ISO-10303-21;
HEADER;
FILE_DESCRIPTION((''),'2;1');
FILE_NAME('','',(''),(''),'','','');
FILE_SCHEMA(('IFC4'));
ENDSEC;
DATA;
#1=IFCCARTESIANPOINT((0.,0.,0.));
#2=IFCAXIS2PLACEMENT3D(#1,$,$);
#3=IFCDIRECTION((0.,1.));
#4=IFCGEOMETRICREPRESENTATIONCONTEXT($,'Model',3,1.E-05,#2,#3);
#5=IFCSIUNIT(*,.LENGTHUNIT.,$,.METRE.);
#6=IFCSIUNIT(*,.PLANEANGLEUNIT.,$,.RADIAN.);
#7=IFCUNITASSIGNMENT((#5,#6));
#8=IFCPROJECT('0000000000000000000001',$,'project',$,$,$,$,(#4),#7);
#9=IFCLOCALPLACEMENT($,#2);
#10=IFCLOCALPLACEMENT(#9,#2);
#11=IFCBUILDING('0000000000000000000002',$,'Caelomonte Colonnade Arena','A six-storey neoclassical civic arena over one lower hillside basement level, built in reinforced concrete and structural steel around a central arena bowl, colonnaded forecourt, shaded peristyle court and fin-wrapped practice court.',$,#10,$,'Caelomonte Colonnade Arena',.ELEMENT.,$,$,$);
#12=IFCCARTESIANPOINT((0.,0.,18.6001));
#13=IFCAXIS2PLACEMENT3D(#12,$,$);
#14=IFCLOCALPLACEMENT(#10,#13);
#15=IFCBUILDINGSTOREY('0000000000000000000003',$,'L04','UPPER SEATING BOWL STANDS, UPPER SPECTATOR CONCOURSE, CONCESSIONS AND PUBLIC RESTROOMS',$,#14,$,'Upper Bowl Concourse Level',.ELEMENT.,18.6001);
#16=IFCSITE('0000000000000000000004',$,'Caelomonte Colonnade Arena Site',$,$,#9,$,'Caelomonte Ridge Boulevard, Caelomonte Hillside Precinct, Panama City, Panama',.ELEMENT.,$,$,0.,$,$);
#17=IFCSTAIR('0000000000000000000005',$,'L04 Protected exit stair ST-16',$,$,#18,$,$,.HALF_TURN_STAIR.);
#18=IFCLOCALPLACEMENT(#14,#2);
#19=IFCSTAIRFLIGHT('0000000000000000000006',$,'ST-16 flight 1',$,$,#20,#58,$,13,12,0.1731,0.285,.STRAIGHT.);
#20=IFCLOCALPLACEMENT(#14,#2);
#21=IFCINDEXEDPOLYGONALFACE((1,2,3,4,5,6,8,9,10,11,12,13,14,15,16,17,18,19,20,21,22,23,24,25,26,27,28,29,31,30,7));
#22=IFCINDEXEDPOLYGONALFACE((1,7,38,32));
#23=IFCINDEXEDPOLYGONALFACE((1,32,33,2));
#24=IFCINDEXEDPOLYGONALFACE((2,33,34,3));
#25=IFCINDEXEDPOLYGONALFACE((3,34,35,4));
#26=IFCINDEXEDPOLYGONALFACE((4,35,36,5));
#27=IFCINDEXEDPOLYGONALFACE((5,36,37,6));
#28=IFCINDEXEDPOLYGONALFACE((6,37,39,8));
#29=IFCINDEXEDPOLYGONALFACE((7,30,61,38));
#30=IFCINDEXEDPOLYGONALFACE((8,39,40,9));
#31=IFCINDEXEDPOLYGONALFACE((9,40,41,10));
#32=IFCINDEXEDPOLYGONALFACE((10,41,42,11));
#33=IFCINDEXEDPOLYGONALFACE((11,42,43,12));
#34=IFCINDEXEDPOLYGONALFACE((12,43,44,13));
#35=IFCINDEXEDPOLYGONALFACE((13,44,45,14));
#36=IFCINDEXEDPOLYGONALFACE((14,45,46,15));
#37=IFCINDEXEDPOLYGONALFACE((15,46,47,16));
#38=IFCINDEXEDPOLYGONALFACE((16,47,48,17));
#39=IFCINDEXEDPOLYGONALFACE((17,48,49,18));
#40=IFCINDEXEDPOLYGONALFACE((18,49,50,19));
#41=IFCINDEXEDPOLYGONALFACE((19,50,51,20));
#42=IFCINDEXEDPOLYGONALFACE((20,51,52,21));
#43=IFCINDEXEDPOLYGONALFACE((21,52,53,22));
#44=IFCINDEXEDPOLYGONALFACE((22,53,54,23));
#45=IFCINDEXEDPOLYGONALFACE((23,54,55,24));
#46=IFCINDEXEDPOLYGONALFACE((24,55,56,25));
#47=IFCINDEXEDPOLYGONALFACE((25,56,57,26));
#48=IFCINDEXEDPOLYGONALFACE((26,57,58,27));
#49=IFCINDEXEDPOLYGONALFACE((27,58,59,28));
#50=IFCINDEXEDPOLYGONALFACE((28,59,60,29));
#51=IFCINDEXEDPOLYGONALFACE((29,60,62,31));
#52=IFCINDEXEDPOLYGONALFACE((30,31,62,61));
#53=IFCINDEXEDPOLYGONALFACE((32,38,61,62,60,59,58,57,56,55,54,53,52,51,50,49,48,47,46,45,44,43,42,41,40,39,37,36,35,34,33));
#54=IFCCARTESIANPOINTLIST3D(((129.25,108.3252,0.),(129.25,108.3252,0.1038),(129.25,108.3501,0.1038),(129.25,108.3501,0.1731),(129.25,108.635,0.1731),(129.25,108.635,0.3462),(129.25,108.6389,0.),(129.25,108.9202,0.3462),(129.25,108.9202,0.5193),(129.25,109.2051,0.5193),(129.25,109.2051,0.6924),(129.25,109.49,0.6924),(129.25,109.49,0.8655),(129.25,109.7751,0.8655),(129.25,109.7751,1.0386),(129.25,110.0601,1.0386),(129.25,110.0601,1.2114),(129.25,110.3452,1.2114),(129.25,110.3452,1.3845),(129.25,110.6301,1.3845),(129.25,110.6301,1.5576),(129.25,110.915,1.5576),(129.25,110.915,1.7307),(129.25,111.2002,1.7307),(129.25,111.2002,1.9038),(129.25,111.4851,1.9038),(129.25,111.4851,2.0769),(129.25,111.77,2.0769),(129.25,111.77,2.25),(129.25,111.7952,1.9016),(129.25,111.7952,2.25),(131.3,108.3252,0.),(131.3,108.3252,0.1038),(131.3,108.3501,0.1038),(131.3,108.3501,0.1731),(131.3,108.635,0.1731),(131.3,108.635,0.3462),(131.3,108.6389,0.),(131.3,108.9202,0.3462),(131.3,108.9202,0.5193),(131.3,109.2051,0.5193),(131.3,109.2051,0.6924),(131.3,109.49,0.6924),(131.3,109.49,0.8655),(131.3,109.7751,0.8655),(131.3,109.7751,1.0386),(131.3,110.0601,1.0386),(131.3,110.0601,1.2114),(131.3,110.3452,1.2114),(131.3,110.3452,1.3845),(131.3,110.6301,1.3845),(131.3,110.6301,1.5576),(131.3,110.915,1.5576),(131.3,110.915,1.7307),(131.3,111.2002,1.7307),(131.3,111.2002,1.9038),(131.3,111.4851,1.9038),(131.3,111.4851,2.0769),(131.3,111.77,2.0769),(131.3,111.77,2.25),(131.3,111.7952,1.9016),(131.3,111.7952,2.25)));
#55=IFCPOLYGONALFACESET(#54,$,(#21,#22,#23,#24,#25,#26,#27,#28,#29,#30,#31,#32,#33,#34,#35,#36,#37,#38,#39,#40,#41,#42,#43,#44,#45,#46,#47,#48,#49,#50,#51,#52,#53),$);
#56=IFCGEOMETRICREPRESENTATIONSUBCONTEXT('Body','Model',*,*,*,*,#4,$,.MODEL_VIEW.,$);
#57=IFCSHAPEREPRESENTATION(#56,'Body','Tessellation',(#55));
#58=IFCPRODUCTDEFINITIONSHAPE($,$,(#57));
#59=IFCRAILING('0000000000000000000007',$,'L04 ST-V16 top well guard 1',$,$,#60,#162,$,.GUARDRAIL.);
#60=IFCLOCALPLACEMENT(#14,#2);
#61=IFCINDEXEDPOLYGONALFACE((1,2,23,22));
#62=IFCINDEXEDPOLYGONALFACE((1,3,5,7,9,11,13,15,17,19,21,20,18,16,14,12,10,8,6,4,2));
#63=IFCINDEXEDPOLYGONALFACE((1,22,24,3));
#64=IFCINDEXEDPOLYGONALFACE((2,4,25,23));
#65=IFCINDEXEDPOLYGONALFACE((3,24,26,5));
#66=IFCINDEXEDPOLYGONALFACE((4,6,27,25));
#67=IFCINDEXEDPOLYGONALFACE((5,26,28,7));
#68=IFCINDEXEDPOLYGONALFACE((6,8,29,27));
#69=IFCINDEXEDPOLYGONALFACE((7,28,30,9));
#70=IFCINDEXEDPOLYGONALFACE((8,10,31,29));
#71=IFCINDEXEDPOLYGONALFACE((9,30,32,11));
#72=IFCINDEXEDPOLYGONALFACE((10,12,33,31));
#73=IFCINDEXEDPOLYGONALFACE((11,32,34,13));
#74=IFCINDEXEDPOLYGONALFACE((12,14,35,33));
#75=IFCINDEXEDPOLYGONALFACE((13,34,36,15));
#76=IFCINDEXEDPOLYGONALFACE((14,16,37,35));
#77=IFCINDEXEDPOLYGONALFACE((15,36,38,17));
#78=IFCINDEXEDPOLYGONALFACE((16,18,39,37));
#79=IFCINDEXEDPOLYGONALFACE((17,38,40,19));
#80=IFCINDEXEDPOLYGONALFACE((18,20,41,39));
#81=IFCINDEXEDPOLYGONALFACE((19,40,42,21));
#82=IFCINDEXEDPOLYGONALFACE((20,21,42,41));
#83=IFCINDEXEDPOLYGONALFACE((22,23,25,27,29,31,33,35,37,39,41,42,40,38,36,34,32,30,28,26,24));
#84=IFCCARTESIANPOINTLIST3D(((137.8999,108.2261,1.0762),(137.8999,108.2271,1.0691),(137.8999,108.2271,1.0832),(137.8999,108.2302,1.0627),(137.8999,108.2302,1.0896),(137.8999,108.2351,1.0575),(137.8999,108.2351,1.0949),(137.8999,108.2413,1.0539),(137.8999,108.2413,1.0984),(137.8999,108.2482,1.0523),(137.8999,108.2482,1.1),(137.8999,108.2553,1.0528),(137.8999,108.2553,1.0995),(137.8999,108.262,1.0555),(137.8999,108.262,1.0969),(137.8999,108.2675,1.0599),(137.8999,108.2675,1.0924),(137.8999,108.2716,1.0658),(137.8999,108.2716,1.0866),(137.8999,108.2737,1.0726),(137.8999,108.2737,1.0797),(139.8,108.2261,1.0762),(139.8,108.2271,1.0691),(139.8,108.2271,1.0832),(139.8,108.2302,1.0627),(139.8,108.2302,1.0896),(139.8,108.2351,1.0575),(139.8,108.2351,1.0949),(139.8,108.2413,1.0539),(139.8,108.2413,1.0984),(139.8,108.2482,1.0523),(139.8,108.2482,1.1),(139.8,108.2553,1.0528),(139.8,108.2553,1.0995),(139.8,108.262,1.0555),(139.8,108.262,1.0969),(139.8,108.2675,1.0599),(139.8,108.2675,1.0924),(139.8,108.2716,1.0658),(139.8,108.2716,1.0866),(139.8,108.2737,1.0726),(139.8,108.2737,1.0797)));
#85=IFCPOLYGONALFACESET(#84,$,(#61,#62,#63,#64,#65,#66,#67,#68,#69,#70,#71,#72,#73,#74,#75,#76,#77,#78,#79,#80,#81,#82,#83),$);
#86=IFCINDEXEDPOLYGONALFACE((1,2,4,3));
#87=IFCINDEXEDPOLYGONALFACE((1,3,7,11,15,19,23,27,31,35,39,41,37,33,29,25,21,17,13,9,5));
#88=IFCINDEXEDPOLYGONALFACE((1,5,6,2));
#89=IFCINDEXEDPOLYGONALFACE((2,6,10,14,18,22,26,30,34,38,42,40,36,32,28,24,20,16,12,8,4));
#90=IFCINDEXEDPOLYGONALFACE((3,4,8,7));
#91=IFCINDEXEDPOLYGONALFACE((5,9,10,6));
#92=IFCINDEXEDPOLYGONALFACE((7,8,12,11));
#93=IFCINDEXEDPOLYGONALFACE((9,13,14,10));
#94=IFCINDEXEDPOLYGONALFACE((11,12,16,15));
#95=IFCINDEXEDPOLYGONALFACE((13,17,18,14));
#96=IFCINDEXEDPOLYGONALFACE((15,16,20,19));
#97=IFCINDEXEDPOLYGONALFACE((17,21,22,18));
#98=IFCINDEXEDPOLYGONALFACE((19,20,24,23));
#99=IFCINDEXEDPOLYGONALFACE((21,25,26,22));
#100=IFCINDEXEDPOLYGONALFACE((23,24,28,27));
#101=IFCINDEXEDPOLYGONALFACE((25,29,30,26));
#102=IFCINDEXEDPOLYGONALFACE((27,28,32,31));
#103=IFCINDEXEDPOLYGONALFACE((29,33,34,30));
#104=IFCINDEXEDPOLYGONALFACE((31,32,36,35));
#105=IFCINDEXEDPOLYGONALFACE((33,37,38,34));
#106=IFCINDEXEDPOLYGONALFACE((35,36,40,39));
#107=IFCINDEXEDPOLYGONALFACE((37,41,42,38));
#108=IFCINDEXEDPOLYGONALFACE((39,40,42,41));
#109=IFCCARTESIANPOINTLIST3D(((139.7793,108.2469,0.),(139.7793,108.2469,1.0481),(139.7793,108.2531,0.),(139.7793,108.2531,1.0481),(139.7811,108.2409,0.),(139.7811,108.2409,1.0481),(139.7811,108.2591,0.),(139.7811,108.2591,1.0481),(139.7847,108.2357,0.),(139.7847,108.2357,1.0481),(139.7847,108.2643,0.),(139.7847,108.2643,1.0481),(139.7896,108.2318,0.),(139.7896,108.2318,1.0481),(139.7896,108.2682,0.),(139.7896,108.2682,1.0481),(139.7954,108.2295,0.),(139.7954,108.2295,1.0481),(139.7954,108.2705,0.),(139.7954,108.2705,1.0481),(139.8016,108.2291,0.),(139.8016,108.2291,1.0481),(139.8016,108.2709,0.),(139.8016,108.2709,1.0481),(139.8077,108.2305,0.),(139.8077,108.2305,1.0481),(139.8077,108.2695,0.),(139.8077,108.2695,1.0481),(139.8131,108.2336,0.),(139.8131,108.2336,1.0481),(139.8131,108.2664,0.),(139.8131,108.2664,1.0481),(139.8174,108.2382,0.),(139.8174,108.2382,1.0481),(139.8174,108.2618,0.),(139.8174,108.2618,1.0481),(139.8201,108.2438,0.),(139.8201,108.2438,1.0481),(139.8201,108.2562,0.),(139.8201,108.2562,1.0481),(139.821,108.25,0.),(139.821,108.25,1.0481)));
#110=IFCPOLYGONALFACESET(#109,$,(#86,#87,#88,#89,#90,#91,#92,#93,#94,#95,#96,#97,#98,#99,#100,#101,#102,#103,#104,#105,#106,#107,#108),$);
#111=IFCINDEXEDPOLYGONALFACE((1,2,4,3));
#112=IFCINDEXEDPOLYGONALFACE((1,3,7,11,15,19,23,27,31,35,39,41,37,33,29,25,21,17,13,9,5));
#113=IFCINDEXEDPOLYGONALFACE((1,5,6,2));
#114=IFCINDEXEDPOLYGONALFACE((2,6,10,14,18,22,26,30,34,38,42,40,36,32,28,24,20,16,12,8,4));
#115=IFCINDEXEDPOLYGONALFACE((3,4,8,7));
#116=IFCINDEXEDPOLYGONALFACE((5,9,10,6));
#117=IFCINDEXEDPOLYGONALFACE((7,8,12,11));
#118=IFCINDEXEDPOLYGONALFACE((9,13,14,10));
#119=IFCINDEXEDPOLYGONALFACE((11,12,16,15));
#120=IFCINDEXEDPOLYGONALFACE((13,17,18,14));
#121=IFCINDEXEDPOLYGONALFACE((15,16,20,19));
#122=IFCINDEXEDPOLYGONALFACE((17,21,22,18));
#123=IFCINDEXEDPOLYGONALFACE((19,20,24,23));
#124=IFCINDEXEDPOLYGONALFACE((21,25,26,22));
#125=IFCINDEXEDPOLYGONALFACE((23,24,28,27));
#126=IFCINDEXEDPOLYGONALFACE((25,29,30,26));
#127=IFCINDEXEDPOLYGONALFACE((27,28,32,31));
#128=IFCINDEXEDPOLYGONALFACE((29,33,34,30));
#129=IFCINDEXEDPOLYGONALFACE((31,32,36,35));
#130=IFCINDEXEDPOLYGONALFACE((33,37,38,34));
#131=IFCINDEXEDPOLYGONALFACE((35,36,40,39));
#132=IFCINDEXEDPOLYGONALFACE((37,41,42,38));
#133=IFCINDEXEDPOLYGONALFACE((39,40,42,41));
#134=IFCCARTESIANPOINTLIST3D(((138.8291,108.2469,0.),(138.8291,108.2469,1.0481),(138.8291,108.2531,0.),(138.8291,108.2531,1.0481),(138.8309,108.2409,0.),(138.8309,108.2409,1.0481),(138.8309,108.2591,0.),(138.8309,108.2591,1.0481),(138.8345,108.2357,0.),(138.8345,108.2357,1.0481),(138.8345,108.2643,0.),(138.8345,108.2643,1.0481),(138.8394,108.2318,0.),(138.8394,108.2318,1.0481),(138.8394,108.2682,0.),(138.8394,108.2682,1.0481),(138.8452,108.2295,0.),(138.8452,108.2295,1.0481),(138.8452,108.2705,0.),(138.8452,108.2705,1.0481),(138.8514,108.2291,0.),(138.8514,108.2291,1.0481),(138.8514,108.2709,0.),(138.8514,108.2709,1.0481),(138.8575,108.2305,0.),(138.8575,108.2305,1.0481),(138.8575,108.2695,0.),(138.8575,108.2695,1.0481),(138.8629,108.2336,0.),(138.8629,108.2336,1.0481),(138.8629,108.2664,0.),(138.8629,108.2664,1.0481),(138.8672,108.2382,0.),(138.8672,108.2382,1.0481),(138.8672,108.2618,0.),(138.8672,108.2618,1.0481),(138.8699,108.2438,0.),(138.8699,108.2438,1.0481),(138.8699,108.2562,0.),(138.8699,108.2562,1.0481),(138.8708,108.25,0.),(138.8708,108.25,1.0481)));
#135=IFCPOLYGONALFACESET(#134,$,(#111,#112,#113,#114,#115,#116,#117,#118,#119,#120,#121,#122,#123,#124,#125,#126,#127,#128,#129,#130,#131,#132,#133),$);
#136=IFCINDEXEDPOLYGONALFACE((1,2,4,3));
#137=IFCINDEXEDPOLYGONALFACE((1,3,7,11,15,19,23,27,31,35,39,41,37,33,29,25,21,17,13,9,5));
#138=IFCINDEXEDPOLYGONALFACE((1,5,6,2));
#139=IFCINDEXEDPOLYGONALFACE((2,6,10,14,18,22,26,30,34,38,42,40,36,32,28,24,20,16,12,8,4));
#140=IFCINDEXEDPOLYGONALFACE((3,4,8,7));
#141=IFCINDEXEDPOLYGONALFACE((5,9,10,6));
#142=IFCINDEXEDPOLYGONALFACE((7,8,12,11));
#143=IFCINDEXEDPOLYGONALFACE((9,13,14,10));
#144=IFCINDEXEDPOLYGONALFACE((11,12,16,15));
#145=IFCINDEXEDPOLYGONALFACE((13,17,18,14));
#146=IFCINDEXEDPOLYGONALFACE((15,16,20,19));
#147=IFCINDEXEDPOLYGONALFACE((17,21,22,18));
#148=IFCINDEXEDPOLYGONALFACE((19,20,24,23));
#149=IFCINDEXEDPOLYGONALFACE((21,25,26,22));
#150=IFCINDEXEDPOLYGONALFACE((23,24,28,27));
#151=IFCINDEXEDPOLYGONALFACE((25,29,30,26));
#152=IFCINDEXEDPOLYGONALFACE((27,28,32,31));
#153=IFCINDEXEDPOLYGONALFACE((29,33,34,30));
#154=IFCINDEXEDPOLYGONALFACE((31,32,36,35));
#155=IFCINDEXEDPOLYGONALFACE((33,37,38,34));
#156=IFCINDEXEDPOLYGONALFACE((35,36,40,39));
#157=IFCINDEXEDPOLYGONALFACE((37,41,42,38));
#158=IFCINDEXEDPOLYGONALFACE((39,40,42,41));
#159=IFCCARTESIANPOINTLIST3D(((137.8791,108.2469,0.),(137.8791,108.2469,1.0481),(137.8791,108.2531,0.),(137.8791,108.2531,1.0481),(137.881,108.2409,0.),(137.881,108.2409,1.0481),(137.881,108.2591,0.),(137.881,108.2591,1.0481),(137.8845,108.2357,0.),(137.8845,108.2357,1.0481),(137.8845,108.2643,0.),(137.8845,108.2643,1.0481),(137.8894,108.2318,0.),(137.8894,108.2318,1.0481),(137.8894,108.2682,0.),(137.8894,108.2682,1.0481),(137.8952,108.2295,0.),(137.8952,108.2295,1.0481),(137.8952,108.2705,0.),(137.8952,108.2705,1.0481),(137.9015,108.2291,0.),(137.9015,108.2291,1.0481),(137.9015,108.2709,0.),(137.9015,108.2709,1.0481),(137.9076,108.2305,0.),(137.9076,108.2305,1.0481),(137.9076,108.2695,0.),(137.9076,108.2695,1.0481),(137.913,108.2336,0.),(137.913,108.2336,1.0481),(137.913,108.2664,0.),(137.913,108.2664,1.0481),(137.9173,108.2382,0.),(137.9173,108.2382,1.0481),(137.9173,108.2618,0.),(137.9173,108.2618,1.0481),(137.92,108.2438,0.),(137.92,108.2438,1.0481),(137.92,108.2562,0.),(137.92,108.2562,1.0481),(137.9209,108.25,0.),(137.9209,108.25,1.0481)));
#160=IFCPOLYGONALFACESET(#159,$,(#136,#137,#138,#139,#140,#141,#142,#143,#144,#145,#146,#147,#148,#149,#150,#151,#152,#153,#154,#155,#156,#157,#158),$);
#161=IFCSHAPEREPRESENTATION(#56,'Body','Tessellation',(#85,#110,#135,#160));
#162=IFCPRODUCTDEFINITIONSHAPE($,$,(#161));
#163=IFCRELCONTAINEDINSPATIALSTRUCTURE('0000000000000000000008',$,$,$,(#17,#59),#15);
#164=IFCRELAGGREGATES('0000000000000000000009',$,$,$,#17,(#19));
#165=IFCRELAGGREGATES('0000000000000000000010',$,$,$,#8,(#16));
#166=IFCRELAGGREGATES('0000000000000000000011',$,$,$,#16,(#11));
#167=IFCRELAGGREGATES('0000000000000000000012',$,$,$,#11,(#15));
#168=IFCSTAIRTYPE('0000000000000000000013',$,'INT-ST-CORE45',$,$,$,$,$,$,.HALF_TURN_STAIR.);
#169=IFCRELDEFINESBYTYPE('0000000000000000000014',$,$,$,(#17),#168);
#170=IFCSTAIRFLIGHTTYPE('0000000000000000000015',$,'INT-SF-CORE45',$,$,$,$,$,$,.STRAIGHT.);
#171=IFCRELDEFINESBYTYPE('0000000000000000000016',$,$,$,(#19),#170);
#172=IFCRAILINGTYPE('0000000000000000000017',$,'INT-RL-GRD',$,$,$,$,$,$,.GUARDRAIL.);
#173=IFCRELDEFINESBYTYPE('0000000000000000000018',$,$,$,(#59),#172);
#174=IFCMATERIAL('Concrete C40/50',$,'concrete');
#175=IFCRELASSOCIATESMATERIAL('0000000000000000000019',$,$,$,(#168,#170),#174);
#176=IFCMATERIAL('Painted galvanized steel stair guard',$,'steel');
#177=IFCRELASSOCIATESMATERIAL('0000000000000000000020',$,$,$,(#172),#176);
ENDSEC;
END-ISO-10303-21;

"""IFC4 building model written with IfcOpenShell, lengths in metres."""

from ifc_helpers import new_model, si_unit, direction, frame, origin, origin_2d, place, context, subcontext, project, spatial, polyline, circle, outline, extrude, material, type_object, element, aggregate, save


model = new_model("IFC4")

# Units and contexts
model_context = context("Model", 3, precision=1e-05, world=origin(), true_north=direction((0.0, 1.0)))
body_context = subcontext(model_context, "Body", "Model", "MODEL_VIEW")
ifc_project = project(units=[si_unit("LENGTHUNIT", "METRE"), si_unit("PLANEANGLEUNIT", "RADIAN")], contexts=[model_context])

# Site, building, storey
site_placement = place(None, origin())
site = spatial("IfcSite", under=ifc_project, at=site_placement, Name="Caelomonte Colonnade Arena Site", LongName="Caelomonte Ridge Boulevard, Caelomonte Hillside Precinct, Panama City, Panama", CompositionType="ELEMENT", RefElevation=0.0)
building_placement = place(site_placement, origin())
building = spatial("IfcBuilding", under=site, at=building_placement, Name="Caelomonte Colonnade Arena", Description="A six-storey neoclassical civic arena over one lower hillside basement level, built in reinforced concrete and structural steel around a central arena bowl, colonnaded forecourt, shaded peristyle court and fin-wrapped practice court.", LongName="Caelomonte Colonnade Arena", CompositionType="ELEMENT")
storey_placement = place(building_placement, frame((0.0, 0.0, 18.6001)))
storey = spatial("IfcBuildingStorey", under=building, at=storey_placement, Name="L04", Description="UPPER SEATING BOWL STANDS, UPPER SPECTATOR CONCOURSE, CONCESSIONS AND PUBLIC RESTROOMS", LongName="Upper Bowl Concourse Level", CompositionType="ELEMENT", Elevation=18.6001)

# Shared definitions
ifc_material_1 = material(Name="Concrete C40/50", Category="concrete")

# Stair, stair flight
stair_type = type_object("IfcStairType", Name="INT-ST-CORE45", PredefinedType="HALF_TURN_STAIR", material=ifc_material_1)
stair_placement = place(storey_placement, origin())
stair = element("IfcStair", 1, at=stair_placement, inside=storey, type_object=stair_type, Name="L04 Protected exit stair ST-16", PredefinedType="HALF_TURN_STAIR")
stair_flight_type = type_object("IfcStairFlightType", Name="INT-SF-CORE45", PredefinedType="STRAIGHT", material=ifc_material_1)
stair_flight_placement = place(storey_placement, frame((130.2749, 108.3501, 0.0), z_axis=(0.0, 0.0, 1.0), x_axis=(0.0, 1.0, 0.0)))
stair_flight = element("IfcStairFlight", 2, at=stair_flight_placement, type_object=stair_flight_type, Name="ST-16 flight 1", NumberOfRisers=13, NumberOfTreads=12, PredefinedType="STRAIGHT", RiserHeight=0.1731, TreadLength=0.285, context=body_context, shape_type="SweptSolid", body=[
    extrude(outline(polyline([(-0.0249, 0.0), (-0.0249, 0.1038), (0.0, 0.1038), (0.0, 0.1731), (0.2849, 0.1731), (0.2849, 0.3462), (0.5701, 0.3462), (0.5701, 0.5193), (0.855, 0.5193), (0.855, 0.6924), (1.1399, 0.6924), (1.1399, 0.8655), (1.425, 0.8655), (1.425, 1.0386), (1.71, 1.0386), (1.71, 1.2114), (1.9951, 1.2114), (1.9951, 1.3845), (2.28, 1.3845), (2.28, 1.5576), (2.5649, 1.5576), (2.5649, 1.7307), (2.8501, 1.7307), (2.8501, 1.9038), (3.135, 1.9038), (3.135, 2.0769), (3.4199, 2.0769), (3.4199, 2.25), (3.4451, 2.25), (3.4451, 1.9016), (0.2888, 0.0), (-0.0249, 0.0)])), frame((0.0, 1.0249, 0.0), z_axis=(0.0, -1.0, 0.0), x_axis=(1.0, 0.0, 0.0)), (0.0, 0.0, 1.0), 2.05),
])
aggregate(stair, [stair_flight])

# Railing
ifc_material_2 = material(Name="Painted galvanized steel stair guard", Category="steel")
railing_type_1 = type_object("IfcRailingType", Name="INT-RL-GRD", PredefinedType="GUARDRAIL", material=ifc_material_2)
railing_1_placement = place(storey_placement, frame((139.8, 108.25, 0.0)))
element("IfcRailing", 3, at=railing_1_placement, inside=storey, type_object=railing_type_1, Name="L04 ST-V16 top well guard 1", PredefinedType="GUARDRAIL", context=body_context, shape_type="SweptSolid", body=[
    extrude(circle(Radius=0.0239, at=origin_2d()), frame((0.0, 0.0, 1.0762), z_axis=(-1.0, 0.0, 0.0), x_axis=(0.0, -1.0, 0.0)), (0.0, 0.0, 1.0), 1.9001),
    extrude(circle(Radius=0.021, at=origin_2d()), origin(), (0.0, 0.0, 1.0), 1.0481),
    extrude(circle(Radius=0.021, at=origin_2d()), frame((-0.9502, 0.0, 0.0)), (0.0, 0.0, 1.0), 1.0481),
    extrude(circle(Radius=0.021, at=origin_2d()), frame((-1.9001, 0.0, 0.0)), (0.0, 0.0, 1.0), 1.0481),
])

save(model, "model.ifc")
